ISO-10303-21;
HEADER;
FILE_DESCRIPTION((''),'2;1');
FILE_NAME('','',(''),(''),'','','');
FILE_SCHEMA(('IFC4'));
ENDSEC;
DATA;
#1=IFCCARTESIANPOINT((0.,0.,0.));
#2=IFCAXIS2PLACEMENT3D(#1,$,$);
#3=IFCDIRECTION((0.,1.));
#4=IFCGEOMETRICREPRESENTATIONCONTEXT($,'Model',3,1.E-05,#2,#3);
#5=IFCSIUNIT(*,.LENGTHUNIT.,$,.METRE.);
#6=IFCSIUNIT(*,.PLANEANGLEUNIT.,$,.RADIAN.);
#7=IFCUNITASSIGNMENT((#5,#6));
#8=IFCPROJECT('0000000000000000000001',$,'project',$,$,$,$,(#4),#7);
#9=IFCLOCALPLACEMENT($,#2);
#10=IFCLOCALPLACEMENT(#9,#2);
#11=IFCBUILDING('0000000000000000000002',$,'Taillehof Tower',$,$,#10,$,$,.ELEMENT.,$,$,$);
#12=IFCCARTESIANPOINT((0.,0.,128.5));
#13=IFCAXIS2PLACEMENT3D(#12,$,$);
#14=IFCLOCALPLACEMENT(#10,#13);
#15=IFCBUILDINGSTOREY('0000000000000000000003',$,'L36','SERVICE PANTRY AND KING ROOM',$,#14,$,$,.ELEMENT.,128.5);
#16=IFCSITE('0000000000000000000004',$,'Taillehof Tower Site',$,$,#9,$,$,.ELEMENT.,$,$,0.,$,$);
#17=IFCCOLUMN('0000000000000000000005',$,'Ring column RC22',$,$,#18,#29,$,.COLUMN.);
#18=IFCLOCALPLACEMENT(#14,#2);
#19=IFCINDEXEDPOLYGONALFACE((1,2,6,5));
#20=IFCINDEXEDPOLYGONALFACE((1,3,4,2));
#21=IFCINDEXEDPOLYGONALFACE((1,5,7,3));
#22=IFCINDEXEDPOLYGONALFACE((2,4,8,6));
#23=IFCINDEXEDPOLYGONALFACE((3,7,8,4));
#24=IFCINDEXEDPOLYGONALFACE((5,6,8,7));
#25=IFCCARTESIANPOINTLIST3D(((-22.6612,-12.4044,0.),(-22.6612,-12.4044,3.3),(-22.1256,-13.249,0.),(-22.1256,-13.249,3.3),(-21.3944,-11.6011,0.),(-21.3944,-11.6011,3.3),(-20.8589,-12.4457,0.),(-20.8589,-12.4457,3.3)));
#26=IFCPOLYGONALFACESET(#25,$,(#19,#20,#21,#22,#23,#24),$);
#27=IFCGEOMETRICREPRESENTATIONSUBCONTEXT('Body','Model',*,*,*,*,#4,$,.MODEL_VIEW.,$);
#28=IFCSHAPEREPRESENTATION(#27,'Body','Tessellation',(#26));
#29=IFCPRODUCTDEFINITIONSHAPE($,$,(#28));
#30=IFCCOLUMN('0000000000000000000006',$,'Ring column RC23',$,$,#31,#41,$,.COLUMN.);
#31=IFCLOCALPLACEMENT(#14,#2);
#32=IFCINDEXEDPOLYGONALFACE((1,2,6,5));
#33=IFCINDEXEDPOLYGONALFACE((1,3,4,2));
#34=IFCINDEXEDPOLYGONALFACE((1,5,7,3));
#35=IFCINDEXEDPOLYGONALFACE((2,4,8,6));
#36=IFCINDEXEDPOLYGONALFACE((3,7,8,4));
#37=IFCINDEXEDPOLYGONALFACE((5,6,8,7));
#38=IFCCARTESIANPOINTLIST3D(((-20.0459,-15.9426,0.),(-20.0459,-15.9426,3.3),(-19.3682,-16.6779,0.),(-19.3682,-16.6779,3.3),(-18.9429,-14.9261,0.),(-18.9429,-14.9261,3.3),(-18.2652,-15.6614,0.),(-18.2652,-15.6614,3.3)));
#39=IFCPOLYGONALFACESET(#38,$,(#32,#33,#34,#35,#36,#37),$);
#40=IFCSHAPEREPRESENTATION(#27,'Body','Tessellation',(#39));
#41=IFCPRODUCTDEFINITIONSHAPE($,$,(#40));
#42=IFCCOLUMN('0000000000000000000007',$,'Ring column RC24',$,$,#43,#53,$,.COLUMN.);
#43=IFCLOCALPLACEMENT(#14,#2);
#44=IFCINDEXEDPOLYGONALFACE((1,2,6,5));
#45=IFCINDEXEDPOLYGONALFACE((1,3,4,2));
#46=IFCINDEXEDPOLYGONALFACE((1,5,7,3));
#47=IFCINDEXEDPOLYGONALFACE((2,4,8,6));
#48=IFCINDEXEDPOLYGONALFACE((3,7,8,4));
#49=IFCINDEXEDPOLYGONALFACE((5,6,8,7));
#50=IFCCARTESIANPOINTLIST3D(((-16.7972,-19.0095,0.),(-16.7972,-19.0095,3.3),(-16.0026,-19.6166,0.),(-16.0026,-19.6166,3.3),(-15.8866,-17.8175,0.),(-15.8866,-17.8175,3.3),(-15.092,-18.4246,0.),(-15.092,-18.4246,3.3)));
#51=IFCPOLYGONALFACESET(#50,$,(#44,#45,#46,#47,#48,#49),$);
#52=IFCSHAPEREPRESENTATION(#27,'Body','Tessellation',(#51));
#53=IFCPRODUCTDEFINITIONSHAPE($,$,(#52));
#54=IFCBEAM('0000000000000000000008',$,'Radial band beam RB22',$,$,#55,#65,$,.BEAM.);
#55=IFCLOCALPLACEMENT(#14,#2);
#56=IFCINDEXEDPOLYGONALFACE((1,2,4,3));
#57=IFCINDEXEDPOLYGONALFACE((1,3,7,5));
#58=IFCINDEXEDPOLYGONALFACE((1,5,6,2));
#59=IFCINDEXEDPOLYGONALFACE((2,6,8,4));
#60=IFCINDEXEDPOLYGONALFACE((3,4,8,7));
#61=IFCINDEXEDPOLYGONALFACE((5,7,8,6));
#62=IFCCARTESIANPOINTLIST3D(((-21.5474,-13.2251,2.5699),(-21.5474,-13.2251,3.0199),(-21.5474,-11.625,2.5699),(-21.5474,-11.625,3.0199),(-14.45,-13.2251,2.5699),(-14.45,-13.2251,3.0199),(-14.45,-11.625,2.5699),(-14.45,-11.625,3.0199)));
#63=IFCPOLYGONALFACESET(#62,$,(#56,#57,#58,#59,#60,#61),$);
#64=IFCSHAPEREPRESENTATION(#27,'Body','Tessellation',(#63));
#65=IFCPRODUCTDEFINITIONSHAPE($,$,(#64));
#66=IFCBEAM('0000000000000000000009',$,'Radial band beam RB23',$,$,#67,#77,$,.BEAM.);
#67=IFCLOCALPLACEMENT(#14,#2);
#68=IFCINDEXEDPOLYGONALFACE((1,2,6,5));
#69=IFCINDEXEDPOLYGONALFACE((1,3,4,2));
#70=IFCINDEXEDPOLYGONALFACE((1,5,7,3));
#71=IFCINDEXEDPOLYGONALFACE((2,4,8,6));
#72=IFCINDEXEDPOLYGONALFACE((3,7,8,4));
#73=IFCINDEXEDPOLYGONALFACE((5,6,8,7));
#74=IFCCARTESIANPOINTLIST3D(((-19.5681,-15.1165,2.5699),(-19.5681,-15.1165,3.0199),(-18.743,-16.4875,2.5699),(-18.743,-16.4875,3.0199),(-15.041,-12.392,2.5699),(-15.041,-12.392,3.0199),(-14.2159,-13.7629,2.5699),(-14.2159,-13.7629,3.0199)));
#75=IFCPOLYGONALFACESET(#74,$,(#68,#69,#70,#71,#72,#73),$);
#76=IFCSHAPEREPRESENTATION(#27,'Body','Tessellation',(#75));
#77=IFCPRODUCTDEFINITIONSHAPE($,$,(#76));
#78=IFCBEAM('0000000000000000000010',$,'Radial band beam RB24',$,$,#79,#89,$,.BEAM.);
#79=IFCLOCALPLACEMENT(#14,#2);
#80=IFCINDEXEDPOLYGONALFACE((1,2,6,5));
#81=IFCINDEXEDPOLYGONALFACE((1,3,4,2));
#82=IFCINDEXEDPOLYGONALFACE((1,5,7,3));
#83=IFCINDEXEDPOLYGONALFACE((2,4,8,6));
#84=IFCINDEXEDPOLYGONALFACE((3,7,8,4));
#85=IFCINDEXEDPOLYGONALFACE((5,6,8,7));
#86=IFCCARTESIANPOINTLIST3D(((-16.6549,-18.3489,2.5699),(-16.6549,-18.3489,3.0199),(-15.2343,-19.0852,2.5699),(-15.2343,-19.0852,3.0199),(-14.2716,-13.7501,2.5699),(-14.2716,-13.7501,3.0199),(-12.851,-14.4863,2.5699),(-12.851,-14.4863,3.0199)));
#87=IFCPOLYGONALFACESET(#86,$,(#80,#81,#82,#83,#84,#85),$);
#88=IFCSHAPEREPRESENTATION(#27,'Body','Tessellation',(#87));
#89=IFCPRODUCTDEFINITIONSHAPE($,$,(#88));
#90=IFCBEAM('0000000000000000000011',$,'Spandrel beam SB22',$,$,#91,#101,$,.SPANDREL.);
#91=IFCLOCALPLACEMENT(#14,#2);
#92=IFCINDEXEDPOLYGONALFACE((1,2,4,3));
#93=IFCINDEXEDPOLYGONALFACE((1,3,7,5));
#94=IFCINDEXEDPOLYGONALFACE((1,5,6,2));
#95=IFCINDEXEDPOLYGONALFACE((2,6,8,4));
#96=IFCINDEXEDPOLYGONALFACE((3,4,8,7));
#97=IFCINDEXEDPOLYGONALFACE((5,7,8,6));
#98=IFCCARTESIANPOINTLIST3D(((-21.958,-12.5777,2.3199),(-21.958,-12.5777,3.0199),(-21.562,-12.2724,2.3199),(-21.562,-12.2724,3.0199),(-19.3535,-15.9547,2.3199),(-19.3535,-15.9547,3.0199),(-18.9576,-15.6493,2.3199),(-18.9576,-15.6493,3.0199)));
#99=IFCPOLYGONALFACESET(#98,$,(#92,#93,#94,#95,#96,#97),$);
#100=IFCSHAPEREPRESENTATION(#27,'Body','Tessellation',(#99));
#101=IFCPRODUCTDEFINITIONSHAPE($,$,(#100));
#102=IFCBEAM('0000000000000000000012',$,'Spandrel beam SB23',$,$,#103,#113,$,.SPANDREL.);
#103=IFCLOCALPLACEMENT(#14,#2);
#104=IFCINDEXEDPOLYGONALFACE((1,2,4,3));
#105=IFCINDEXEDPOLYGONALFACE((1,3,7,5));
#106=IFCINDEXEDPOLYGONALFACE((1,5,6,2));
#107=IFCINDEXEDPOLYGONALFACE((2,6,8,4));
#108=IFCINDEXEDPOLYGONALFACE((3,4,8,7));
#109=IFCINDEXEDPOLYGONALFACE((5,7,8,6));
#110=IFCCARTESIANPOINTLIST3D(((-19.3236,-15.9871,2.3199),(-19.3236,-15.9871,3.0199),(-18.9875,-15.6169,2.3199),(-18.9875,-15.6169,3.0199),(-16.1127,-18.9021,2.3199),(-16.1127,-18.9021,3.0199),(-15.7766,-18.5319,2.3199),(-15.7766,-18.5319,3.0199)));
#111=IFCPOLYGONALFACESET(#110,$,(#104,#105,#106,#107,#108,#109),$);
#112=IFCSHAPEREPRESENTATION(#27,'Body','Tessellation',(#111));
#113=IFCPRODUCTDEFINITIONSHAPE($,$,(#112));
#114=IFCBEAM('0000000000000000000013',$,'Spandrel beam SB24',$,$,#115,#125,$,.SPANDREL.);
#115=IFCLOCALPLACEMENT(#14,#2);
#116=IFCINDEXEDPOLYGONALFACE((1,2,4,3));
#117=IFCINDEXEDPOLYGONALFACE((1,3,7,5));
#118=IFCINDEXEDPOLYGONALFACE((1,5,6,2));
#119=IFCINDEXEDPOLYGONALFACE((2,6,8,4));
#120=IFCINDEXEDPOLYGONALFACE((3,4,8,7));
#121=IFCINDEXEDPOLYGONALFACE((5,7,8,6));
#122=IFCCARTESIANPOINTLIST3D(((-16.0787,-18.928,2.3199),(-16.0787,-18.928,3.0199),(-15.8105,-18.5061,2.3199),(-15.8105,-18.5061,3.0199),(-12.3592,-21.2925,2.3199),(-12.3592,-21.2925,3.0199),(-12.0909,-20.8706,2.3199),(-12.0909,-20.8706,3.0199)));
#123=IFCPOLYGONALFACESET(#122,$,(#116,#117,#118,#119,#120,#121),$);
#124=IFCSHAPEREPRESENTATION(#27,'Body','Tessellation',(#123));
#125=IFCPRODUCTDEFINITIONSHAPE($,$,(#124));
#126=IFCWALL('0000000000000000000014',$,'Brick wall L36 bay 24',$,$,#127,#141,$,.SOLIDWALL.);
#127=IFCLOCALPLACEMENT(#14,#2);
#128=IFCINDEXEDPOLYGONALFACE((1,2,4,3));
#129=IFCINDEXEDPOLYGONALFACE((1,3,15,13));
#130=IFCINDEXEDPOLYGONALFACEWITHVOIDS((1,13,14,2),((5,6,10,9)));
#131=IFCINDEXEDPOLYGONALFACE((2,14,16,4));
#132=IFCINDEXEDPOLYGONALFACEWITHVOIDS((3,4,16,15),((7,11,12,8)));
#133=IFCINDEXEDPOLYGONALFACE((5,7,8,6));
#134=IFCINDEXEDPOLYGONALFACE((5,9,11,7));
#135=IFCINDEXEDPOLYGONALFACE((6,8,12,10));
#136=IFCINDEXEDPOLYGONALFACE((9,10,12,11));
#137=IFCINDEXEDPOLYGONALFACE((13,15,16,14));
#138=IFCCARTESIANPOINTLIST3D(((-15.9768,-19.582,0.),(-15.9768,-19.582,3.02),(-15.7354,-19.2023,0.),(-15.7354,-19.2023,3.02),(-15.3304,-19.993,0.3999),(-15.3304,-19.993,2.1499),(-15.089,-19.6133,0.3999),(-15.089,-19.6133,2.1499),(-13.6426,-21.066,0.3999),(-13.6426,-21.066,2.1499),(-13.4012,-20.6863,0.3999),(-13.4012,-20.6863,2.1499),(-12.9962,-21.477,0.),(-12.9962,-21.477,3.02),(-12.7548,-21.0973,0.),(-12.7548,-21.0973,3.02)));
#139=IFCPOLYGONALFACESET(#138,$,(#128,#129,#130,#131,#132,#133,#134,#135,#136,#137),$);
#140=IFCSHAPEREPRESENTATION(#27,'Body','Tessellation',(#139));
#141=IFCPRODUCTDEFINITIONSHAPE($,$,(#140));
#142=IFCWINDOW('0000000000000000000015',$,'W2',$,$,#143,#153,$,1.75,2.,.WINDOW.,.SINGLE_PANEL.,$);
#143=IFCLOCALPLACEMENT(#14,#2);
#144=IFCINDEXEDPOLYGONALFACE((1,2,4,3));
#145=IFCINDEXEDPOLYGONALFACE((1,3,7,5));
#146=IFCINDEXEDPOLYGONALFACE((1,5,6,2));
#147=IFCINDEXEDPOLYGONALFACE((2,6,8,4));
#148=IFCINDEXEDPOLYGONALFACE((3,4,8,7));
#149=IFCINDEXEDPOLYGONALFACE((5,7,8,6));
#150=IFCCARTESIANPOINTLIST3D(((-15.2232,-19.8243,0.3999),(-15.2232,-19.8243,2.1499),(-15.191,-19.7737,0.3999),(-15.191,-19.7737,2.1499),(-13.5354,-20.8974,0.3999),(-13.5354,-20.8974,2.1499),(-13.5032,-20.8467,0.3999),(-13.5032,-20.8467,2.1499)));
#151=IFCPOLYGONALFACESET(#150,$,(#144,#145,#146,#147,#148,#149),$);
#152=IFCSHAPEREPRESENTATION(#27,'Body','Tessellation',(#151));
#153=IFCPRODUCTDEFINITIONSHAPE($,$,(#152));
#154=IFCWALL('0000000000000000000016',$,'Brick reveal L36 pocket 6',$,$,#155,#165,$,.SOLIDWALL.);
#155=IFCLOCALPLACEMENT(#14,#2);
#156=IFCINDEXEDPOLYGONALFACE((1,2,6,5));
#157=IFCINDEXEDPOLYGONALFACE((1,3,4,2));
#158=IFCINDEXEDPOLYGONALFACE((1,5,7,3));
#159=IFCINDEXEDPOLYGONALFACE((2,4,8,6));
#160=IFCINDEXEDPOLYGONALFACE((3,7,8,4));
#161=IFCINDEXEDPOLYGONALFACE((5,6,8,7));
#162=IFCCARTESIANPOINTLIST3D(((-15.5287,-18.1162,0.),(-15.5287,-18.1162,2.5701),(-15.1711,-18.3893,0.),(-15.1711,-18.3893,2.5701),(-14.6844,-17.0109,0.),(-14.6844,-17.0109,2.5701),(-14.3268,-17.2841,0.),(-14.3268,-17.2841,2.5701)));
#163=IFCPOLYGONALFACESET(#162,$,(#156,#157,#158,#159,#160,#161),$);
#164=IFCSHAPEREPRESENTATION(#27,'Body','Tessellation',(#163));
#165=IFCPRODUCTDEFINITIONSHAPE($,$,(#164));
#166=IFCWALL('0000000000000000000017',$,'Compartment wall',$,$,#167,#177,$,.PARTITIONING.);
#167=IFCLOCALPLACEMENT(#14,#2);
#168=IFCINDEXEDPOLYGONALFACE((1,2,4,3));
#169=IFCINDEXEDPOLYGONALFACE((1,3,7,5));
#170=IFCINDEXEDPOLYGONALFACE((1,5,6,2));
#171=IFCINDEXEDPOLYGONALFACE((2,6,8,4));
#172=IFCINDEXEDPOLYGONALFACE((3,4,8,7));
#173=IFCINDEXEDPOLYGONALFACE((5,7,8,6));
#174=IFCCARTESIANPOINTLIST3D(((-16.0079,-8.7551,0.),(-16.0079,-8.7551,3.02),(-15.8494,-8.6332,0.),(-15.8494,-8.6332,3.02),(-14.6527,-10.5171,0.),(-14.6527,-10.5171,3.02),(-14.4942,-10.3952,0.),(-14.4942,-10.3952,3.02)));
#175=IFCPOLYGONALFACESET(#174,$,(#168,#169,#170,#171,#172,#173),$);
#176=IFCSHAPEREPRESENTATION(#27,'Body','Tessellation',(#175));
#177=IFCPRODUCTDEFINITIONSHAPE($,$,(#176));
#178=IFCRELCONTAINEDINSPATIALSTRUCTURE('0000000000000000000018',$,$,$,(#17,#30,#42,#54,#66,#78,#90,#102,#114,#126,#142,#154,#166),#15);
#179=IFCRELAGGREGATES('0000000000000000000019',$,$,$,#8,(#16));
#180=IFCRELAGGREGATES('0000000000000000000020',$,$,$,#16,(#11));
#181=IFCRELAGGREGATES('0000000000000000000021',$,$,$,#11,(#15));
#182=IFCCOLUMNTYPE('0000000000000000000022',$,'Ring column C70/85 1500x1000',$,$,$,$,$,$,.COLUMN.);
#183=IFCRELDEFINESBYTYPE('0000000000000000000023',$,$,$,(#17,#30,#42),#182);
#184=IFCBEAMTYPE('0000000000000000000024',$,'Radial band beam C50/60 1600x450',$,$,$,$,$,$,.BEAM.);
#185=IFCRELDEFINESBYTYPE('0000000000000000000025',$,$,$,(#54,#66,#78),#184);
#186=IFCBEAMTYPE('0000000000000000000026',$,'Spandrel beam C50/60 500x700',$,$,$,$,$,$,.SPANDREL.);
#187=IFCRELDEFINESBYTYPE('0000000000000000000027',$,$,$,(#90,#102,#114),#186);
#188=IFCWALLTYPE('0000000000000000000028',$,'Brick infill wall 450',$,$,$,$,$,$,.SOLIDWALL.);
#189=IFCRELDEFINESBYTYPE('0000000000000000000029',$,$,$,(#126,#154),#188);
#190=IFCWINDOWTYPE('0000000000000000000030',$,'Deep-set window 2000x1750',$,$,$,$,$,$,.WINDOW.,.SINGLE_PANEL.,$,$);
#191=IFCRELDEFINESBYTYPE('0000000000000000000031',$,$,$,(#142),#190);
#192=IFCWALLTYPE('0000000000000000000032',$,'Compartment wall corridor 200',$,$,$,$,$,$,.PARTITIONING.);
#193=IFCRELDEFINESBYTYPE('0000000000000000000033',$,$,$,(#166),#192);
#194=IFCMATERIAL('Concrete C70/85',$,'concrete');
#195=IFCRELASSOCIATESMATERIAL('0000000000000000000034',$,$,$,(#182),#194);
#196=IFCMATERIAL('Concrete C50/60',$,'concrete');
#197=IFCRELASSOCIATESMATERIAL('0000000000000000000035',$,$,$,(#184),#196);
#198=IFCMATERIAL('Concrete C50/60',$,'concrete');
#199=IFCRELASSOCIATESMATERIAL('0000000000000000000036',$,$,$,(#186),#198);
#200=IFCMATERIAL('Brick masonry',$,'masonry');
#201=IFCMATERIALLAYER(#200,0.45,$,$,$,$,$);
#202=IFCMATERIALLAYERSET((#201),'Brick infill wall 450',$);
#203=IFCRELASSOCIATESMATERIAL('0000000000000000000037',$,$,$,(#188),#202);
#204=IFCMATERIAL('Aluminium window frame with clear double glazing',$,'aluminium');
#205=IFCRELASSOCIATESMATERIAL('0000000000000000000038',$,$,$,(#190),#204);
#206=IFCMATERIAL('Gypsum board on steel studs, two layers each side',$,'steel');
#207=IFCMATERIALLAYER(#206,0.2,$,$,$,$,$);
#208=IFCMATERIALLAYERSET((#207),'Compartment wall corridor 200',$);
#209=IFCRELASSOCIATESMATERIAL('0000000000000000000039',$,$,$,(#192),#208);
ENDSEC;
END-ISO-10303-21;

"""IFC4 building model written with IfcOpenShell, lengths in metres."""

from ifc_helpers import new_model, si_unit, direction, frame, frame_2d, origin, origin_2d, place, context, subcontext, project, spatial, rectangle, extrude, material, layer, layer_set, material_profile, profile_set, type_object, element, fill, save


model = new_model("IFC4")

# Units and contexts
model_context = context("Model", 3, precision=1e-05, world=origin(), true_north=direction((0.0, 1.0)))
body_context = subcontext(model_context, "Body", "Model", "MODEL_VIEW")
ifc_project = project(units=[si_unit("LENGTHUNIT", "METRE"), si_unit("PLANEANGLEUNIT", "RADIAN")], contexts=[model_context])

# Site, building, storey
site_placement = place(None, origin())
site = spatial("IfcSite", under=ifc_project, at=site_placement, Name="Taillehof Tower Site", CompositionType="ELEMENT", RefElevation=0.0)
building_placement = place(site_placement, origin())
building = spatial("IfcBuilding", under=site, at=building_placement, Name="Taillehof Tower", CompositionType="ELEMENT")
storey_placement = place(building_placement, frame((0.0, 0.0, 128.5)))
storey = spatial("IfcBuildingStorey", under=building, at=storey_placement, Name="L36", Description="SERVICE PANTRY AND KING ROOM", CompositionType="ELEMENT", Elevation=128.5)

# Columns
ifc_material_1 = material(Name="Concrete C70/85", Category="concrete")
ifc_material_profile_1 = material_profile(ifc_material_1, rectangle(XDim=1.5, YDim=1.0, at=origin_2d()), Name="RC 1500x1000")
ifc_profile_set_1 = profile_set([ifc_material_profile_1], Name="Concrete C70/85")
column_type = type_object("IfcColumnType", Name="Ring column C70/85 1500x1000", PredefinedType="COLUMN", material=ifc_profile_set_1)
for number, where, z_axis, x_axis, name in (
    (1, (-21.76, -12.425, 0.0), (0.0, 0.0, 1.0), (-0.844511, -0.535537, 0.0), "Ring column RC22"),
    (2, (-19.1555, -15.802, 0.0), (0.0, 0.0, 1.0), (-0.735332, -0.677707, 0.0), "Ring column RC23"),
    (3, (-15.9446, -18.717, 0.0), (0.0, 0.0, 1.0), (-0.607074, -0.794645, 0.0), "Ring column RC24"),
):
    element("IfcColumn", number, at=place(storey_placement, frame(where, z_axis=z_axis, x_axis=x_axis)), inside=storey, type_object=column_type, Name=name, PredefinedType="COLUMN", context=body_context, shape_type="SweptSolid", body=[
        extrude(rectangle(XDim=1.5, YDim=1.0, at=origin_2d()), origin(), (0.0, 0.0, 1.0), 3.3),
    ])

# Beams
ifc_material_2 = material(Name="Concrete C50/60", Category="concrete")
ifc_material_profile_2 = material_profile(ifc_material_2, rectangle(XDim=1.6001, YDim=0.45, at=origin_2d()), Name="RC 1600x450")
ifc_profile_set_2 = profile_set([ifc_material_profile_2], Name="Concrete C50/60")
beam_type_1 = type_object("IfcBeamType", Name="Radial band beam C50/60 1600x450", PredefinedType="BEAM", material=ifc_profile_set_2)
beam_1_placement = place(storey_placement, frame((-21.5474, -12.425, 2.7949), z_axis=(1.0, 0.0, 0.0), x_axis=(0.0, 1.0, 0.0)))
element("IfcBeam", 4, at=beam_1_placement, inside=storey, type_object=beam_type_1, Name="Radial band beam RB22", PredefinedType="BEAM", context=body_context, shape_type="SweptSolid", body=[
    extrude(rectangle(XDim=1.6001, YDim=0.45, at=origin_2d()), origin(), (0.0, 0.0, 1.0), 7.0974),
])
beam_2_placement = place(storey_placement, frame((-19.1555, -15.802, 2.7949), z_axis=(0.856795, 0.515657, 0.0), x_axis=(-0.515657, 0.856795, 0.0)))
element("IfcBeam", 5, at=beam_2_placement, inside=storey, type_object=beam_type_1, Name="Radial band beam RB23", PredefinedType="BEAM", context=body_context, shape_type="SweptSolid", body=[
    extrude(rectangle(XDim=1.6001, YDim=0.45, at=origin_2d()), origin(), (0.0, 0.0, 1.0), 5.2837),
])
beam_3_placement = place(storey_placement, frame((-15.9446, -18.717, 2.7949), z_axis=(0.460119, 0.887857, 0.0), x_axis=(-0.887857, 0.460119, 0.0)))
element("IfcBeam", 6, at=beam_3_placement, inside=storey, type_object=beam_type_1, Name="Radial band beam RB24", PredefinedType="BEAM", context=body_context, shape_type="SweptSolid", body=[
    extrude(rectangle(XDim=1.6001, YDim=0.45, at=origin_2d()), origin(), (0.0, 0.0, 1.0), 5.1797),
])
ifc_material_3 = material(Name="Concrete C50/60", Category="concrete")
ifc_material_profile_3 = material_profile(ifc_material_3, rectangle(XDim=0.5, YDim=0.7, at=origin_2d()), Name="RC 500x700")
ifc_profile_set_3 = profile_set([ifc_material_profile_3], Name="Concrete C50/60")
beam_type_2 = type_object("IfcBeamType", Name="Spandrel beam C50/60 500x700", PredefinedType="SPANDREL", material=ifc_profile_set_3)
beam_4_placement = place(storey_placement, frame((-21.76, -12.425, 2.6699), z_axis=(0.610717, -0.791849, 0.0), x_axis=(0.791849, 0.610717, 0.0)))
element("IfcBeam", 7, at=beam_4_placement, inside=storey, type_object=beam_type_2, Name="Spandrel beam SB22", PredefinedType="SPANDREL", context=body_context, shape_type="SweptSolid", body=[
    extrude(rectangle(XDim=0.5, YDim=0.7, at=origin_2d()), origin(), (0.0, 0.0, 1.0), 4.2646),
])
beam_5_placement = place(storey_placement, frame((-19.1555, -15.802, 2.6699), z_axis=(0.740398, -0.672168, 0.0), x_axis=(0.672168, 0.740398, 0.0)))
element("IfcBeam", 8, at=beam_5_placement, inside=storey, type_object=beam_type_2, Name="Spandrel beam SB23", PredefinedType="SPANDREL", context=body_context, shape_type="SweptSolid", body=[
    extrude(rectangle(XDim=0.5, YDim=0.7, at=origin_2d()), origin(), (0.0, 0.0, 1.0), 4.3367),
])
beam_6_placement = place(storey_placement, frame((-15.9446, -18.717, 2.6699), z_axis=(0.843912, -0.536481, 0.0), x_axis=(0.536481, 0.843912, 0.0)))
element("IfcBeam", 9, at=beam_6_placement, inside=storey, type_object=beam_type_2, Name="Spandrel beam SB24", PredefinedType="SPANDREL", context=body_context, shape_type="SweptSolid", body=[
    extrude(rectangle(XDim=0.5, YDim=0.7, at=origin_2d()), origin(), (0.0, 0.0, 1.0), 4.4075),
])

# Wall, opening, window
ifc_material_4 = material(Name="Brick masonry", Category="masonry")
ifc_layer_1 = layer(ifc_material_4, 0.45)
ifc_layer_set_1 = layer_set([ifc_layer_1], Name="Brick infill wall 450")
wall_type_1 = type_object("IfcWallType", Name="Brick infill wall 450", PredefinedType="SOLIDWALL", material=ifc_layer_set_1)
wall_1_placement = place(storey_placement, frame((-15.8562, -19.3921, 0.0), z_axis=(0.0, 0.0, 1.0), x_axis=(0.843892, -0.536513, 0.0)))
wall_1 = element("IfcWall", 10, at=wall_1_placement, inside=storey, type_object=wall_type_1, Name="Brick wall L36 bay 24", PredefinedType="SOLIDWALL", context=body_context, shape_type="SweptSolid", body=[
    extrude(rectangle(XDim=3.532, YDim=0.45, at=frame_2d((1.7661, 0.0))), origin(), (0.0, 0.0, 1.0), 3.02),
])
opening_1_placement = place(wall_1_placement, frame((0.7661, 0.0, 0.3999)))
opening_1 = element("IfcOpeningElement", 11, at=opening_1_placement, cuts=wall_1, PredefinedType="OPENING", context=body_context, shape_type="SweptSolid", body=[
    extrude(rectangle(XDim=2.0, YDim=1.75, at=frame_2d((1.0, 0.875))), frame((0.0, 0.2349, 0.0), z_axis=(0.0, -1.0, 0.0), x_axis=(1.0, 0.0, 0.0)), (0.0, 0.0, 1.0), 0.47),
])
ifc_material_5 = material(Name="Aluminium window frame with clear double glazing", Category="aluminium")
window_type_1 = type_object("IfcWindowType", Name="Deep-set window 2000x1750", PartitioningType="SINGLE_PANEL", PredefinedType="WINDOW", material=ifc_material_5)
window_1_placement = place(opening_1_placement, origin())
window_1 = element("IfcWindow", 12, at=window_1_placement, inside=storey, type_object=window_type_1, Name="W2", OverallHeight=1.75, OverallWidth=2.0, PartitioningType="SINGLE_PANEL", PredefinedType="WINDOW", context=body_context, shape_type="SweptSolid", body=[
    extrude(rectangle(XDim=2.0, YDim=1.75, at=frame_2d((1.0, 0.875))), frame((0.0, 0.0349, 0.0), z_axis=(0.0, -1.0, 0.0), x_axis=(1.0, 0.0, 0.0)), (0.0, 0.0, 1.0), 0.0601),
])
fill(opening_1, window_1)

# Wall
wall_2_placement = place(storey_placement, frame((-15.3499, -18.2527, 0.0), z_axis=(0.0, 0.0, 1.0), x_axis=(0.607026, 0.794682, 0.0)))
element("IfcWall", 13, at=wall_2_placement, inside=storey, type_object=wall_type_1, Name="Brick reveal L36 pocket 6", PredefinedType="SOLIDWALL", context=body_context, shape_type="SweptSolid", body=[
    extrude(rectangle(XDim=1.3909, YDim=0.45, at=frame_2d((0.6953, 0.0))), origin(), (0.0, 0.0, 1.0), 2.5701),
])

# Wall
ifc_material_6 = material(Name="Gypsum board on steel studs, two layers each side", Category="steel")
ifc_layer_2 = layer(ifc_material_6, 0.2)
ifc_layer_set_2 = layer_set([ifc_layer_2], Name="Compartment wall corridor 200")
wall_type_2 = type_object("IfcWallType", Name="Compartment wall corridor 200", PredefinedType="PARTITIONING", material=ifc_layer_set_2)
wall_3_placement = place(storey_placement, frame((-14.5735, -10.4561, 0.0), z_axis=(0.0, 0.0, 1.0), x_axis=(-0.609674, 0.792653, 0.0)))
element("IfcWall", 14, at=wall_3_placement, inside=storey, type_object=wall_type_2, Name="Compartment wall", PredefinedType="PARTITIONING", context=body_context, shape_type="SweptSolid", body=[
    extrude(rectangle(XDim=2.2229, YDim=0.2, at=frame_2d((1.1113, 0.0))), origin(), (0.0, 0.0, 1.0), 3.02),
])

save(model, "model.ifc")
